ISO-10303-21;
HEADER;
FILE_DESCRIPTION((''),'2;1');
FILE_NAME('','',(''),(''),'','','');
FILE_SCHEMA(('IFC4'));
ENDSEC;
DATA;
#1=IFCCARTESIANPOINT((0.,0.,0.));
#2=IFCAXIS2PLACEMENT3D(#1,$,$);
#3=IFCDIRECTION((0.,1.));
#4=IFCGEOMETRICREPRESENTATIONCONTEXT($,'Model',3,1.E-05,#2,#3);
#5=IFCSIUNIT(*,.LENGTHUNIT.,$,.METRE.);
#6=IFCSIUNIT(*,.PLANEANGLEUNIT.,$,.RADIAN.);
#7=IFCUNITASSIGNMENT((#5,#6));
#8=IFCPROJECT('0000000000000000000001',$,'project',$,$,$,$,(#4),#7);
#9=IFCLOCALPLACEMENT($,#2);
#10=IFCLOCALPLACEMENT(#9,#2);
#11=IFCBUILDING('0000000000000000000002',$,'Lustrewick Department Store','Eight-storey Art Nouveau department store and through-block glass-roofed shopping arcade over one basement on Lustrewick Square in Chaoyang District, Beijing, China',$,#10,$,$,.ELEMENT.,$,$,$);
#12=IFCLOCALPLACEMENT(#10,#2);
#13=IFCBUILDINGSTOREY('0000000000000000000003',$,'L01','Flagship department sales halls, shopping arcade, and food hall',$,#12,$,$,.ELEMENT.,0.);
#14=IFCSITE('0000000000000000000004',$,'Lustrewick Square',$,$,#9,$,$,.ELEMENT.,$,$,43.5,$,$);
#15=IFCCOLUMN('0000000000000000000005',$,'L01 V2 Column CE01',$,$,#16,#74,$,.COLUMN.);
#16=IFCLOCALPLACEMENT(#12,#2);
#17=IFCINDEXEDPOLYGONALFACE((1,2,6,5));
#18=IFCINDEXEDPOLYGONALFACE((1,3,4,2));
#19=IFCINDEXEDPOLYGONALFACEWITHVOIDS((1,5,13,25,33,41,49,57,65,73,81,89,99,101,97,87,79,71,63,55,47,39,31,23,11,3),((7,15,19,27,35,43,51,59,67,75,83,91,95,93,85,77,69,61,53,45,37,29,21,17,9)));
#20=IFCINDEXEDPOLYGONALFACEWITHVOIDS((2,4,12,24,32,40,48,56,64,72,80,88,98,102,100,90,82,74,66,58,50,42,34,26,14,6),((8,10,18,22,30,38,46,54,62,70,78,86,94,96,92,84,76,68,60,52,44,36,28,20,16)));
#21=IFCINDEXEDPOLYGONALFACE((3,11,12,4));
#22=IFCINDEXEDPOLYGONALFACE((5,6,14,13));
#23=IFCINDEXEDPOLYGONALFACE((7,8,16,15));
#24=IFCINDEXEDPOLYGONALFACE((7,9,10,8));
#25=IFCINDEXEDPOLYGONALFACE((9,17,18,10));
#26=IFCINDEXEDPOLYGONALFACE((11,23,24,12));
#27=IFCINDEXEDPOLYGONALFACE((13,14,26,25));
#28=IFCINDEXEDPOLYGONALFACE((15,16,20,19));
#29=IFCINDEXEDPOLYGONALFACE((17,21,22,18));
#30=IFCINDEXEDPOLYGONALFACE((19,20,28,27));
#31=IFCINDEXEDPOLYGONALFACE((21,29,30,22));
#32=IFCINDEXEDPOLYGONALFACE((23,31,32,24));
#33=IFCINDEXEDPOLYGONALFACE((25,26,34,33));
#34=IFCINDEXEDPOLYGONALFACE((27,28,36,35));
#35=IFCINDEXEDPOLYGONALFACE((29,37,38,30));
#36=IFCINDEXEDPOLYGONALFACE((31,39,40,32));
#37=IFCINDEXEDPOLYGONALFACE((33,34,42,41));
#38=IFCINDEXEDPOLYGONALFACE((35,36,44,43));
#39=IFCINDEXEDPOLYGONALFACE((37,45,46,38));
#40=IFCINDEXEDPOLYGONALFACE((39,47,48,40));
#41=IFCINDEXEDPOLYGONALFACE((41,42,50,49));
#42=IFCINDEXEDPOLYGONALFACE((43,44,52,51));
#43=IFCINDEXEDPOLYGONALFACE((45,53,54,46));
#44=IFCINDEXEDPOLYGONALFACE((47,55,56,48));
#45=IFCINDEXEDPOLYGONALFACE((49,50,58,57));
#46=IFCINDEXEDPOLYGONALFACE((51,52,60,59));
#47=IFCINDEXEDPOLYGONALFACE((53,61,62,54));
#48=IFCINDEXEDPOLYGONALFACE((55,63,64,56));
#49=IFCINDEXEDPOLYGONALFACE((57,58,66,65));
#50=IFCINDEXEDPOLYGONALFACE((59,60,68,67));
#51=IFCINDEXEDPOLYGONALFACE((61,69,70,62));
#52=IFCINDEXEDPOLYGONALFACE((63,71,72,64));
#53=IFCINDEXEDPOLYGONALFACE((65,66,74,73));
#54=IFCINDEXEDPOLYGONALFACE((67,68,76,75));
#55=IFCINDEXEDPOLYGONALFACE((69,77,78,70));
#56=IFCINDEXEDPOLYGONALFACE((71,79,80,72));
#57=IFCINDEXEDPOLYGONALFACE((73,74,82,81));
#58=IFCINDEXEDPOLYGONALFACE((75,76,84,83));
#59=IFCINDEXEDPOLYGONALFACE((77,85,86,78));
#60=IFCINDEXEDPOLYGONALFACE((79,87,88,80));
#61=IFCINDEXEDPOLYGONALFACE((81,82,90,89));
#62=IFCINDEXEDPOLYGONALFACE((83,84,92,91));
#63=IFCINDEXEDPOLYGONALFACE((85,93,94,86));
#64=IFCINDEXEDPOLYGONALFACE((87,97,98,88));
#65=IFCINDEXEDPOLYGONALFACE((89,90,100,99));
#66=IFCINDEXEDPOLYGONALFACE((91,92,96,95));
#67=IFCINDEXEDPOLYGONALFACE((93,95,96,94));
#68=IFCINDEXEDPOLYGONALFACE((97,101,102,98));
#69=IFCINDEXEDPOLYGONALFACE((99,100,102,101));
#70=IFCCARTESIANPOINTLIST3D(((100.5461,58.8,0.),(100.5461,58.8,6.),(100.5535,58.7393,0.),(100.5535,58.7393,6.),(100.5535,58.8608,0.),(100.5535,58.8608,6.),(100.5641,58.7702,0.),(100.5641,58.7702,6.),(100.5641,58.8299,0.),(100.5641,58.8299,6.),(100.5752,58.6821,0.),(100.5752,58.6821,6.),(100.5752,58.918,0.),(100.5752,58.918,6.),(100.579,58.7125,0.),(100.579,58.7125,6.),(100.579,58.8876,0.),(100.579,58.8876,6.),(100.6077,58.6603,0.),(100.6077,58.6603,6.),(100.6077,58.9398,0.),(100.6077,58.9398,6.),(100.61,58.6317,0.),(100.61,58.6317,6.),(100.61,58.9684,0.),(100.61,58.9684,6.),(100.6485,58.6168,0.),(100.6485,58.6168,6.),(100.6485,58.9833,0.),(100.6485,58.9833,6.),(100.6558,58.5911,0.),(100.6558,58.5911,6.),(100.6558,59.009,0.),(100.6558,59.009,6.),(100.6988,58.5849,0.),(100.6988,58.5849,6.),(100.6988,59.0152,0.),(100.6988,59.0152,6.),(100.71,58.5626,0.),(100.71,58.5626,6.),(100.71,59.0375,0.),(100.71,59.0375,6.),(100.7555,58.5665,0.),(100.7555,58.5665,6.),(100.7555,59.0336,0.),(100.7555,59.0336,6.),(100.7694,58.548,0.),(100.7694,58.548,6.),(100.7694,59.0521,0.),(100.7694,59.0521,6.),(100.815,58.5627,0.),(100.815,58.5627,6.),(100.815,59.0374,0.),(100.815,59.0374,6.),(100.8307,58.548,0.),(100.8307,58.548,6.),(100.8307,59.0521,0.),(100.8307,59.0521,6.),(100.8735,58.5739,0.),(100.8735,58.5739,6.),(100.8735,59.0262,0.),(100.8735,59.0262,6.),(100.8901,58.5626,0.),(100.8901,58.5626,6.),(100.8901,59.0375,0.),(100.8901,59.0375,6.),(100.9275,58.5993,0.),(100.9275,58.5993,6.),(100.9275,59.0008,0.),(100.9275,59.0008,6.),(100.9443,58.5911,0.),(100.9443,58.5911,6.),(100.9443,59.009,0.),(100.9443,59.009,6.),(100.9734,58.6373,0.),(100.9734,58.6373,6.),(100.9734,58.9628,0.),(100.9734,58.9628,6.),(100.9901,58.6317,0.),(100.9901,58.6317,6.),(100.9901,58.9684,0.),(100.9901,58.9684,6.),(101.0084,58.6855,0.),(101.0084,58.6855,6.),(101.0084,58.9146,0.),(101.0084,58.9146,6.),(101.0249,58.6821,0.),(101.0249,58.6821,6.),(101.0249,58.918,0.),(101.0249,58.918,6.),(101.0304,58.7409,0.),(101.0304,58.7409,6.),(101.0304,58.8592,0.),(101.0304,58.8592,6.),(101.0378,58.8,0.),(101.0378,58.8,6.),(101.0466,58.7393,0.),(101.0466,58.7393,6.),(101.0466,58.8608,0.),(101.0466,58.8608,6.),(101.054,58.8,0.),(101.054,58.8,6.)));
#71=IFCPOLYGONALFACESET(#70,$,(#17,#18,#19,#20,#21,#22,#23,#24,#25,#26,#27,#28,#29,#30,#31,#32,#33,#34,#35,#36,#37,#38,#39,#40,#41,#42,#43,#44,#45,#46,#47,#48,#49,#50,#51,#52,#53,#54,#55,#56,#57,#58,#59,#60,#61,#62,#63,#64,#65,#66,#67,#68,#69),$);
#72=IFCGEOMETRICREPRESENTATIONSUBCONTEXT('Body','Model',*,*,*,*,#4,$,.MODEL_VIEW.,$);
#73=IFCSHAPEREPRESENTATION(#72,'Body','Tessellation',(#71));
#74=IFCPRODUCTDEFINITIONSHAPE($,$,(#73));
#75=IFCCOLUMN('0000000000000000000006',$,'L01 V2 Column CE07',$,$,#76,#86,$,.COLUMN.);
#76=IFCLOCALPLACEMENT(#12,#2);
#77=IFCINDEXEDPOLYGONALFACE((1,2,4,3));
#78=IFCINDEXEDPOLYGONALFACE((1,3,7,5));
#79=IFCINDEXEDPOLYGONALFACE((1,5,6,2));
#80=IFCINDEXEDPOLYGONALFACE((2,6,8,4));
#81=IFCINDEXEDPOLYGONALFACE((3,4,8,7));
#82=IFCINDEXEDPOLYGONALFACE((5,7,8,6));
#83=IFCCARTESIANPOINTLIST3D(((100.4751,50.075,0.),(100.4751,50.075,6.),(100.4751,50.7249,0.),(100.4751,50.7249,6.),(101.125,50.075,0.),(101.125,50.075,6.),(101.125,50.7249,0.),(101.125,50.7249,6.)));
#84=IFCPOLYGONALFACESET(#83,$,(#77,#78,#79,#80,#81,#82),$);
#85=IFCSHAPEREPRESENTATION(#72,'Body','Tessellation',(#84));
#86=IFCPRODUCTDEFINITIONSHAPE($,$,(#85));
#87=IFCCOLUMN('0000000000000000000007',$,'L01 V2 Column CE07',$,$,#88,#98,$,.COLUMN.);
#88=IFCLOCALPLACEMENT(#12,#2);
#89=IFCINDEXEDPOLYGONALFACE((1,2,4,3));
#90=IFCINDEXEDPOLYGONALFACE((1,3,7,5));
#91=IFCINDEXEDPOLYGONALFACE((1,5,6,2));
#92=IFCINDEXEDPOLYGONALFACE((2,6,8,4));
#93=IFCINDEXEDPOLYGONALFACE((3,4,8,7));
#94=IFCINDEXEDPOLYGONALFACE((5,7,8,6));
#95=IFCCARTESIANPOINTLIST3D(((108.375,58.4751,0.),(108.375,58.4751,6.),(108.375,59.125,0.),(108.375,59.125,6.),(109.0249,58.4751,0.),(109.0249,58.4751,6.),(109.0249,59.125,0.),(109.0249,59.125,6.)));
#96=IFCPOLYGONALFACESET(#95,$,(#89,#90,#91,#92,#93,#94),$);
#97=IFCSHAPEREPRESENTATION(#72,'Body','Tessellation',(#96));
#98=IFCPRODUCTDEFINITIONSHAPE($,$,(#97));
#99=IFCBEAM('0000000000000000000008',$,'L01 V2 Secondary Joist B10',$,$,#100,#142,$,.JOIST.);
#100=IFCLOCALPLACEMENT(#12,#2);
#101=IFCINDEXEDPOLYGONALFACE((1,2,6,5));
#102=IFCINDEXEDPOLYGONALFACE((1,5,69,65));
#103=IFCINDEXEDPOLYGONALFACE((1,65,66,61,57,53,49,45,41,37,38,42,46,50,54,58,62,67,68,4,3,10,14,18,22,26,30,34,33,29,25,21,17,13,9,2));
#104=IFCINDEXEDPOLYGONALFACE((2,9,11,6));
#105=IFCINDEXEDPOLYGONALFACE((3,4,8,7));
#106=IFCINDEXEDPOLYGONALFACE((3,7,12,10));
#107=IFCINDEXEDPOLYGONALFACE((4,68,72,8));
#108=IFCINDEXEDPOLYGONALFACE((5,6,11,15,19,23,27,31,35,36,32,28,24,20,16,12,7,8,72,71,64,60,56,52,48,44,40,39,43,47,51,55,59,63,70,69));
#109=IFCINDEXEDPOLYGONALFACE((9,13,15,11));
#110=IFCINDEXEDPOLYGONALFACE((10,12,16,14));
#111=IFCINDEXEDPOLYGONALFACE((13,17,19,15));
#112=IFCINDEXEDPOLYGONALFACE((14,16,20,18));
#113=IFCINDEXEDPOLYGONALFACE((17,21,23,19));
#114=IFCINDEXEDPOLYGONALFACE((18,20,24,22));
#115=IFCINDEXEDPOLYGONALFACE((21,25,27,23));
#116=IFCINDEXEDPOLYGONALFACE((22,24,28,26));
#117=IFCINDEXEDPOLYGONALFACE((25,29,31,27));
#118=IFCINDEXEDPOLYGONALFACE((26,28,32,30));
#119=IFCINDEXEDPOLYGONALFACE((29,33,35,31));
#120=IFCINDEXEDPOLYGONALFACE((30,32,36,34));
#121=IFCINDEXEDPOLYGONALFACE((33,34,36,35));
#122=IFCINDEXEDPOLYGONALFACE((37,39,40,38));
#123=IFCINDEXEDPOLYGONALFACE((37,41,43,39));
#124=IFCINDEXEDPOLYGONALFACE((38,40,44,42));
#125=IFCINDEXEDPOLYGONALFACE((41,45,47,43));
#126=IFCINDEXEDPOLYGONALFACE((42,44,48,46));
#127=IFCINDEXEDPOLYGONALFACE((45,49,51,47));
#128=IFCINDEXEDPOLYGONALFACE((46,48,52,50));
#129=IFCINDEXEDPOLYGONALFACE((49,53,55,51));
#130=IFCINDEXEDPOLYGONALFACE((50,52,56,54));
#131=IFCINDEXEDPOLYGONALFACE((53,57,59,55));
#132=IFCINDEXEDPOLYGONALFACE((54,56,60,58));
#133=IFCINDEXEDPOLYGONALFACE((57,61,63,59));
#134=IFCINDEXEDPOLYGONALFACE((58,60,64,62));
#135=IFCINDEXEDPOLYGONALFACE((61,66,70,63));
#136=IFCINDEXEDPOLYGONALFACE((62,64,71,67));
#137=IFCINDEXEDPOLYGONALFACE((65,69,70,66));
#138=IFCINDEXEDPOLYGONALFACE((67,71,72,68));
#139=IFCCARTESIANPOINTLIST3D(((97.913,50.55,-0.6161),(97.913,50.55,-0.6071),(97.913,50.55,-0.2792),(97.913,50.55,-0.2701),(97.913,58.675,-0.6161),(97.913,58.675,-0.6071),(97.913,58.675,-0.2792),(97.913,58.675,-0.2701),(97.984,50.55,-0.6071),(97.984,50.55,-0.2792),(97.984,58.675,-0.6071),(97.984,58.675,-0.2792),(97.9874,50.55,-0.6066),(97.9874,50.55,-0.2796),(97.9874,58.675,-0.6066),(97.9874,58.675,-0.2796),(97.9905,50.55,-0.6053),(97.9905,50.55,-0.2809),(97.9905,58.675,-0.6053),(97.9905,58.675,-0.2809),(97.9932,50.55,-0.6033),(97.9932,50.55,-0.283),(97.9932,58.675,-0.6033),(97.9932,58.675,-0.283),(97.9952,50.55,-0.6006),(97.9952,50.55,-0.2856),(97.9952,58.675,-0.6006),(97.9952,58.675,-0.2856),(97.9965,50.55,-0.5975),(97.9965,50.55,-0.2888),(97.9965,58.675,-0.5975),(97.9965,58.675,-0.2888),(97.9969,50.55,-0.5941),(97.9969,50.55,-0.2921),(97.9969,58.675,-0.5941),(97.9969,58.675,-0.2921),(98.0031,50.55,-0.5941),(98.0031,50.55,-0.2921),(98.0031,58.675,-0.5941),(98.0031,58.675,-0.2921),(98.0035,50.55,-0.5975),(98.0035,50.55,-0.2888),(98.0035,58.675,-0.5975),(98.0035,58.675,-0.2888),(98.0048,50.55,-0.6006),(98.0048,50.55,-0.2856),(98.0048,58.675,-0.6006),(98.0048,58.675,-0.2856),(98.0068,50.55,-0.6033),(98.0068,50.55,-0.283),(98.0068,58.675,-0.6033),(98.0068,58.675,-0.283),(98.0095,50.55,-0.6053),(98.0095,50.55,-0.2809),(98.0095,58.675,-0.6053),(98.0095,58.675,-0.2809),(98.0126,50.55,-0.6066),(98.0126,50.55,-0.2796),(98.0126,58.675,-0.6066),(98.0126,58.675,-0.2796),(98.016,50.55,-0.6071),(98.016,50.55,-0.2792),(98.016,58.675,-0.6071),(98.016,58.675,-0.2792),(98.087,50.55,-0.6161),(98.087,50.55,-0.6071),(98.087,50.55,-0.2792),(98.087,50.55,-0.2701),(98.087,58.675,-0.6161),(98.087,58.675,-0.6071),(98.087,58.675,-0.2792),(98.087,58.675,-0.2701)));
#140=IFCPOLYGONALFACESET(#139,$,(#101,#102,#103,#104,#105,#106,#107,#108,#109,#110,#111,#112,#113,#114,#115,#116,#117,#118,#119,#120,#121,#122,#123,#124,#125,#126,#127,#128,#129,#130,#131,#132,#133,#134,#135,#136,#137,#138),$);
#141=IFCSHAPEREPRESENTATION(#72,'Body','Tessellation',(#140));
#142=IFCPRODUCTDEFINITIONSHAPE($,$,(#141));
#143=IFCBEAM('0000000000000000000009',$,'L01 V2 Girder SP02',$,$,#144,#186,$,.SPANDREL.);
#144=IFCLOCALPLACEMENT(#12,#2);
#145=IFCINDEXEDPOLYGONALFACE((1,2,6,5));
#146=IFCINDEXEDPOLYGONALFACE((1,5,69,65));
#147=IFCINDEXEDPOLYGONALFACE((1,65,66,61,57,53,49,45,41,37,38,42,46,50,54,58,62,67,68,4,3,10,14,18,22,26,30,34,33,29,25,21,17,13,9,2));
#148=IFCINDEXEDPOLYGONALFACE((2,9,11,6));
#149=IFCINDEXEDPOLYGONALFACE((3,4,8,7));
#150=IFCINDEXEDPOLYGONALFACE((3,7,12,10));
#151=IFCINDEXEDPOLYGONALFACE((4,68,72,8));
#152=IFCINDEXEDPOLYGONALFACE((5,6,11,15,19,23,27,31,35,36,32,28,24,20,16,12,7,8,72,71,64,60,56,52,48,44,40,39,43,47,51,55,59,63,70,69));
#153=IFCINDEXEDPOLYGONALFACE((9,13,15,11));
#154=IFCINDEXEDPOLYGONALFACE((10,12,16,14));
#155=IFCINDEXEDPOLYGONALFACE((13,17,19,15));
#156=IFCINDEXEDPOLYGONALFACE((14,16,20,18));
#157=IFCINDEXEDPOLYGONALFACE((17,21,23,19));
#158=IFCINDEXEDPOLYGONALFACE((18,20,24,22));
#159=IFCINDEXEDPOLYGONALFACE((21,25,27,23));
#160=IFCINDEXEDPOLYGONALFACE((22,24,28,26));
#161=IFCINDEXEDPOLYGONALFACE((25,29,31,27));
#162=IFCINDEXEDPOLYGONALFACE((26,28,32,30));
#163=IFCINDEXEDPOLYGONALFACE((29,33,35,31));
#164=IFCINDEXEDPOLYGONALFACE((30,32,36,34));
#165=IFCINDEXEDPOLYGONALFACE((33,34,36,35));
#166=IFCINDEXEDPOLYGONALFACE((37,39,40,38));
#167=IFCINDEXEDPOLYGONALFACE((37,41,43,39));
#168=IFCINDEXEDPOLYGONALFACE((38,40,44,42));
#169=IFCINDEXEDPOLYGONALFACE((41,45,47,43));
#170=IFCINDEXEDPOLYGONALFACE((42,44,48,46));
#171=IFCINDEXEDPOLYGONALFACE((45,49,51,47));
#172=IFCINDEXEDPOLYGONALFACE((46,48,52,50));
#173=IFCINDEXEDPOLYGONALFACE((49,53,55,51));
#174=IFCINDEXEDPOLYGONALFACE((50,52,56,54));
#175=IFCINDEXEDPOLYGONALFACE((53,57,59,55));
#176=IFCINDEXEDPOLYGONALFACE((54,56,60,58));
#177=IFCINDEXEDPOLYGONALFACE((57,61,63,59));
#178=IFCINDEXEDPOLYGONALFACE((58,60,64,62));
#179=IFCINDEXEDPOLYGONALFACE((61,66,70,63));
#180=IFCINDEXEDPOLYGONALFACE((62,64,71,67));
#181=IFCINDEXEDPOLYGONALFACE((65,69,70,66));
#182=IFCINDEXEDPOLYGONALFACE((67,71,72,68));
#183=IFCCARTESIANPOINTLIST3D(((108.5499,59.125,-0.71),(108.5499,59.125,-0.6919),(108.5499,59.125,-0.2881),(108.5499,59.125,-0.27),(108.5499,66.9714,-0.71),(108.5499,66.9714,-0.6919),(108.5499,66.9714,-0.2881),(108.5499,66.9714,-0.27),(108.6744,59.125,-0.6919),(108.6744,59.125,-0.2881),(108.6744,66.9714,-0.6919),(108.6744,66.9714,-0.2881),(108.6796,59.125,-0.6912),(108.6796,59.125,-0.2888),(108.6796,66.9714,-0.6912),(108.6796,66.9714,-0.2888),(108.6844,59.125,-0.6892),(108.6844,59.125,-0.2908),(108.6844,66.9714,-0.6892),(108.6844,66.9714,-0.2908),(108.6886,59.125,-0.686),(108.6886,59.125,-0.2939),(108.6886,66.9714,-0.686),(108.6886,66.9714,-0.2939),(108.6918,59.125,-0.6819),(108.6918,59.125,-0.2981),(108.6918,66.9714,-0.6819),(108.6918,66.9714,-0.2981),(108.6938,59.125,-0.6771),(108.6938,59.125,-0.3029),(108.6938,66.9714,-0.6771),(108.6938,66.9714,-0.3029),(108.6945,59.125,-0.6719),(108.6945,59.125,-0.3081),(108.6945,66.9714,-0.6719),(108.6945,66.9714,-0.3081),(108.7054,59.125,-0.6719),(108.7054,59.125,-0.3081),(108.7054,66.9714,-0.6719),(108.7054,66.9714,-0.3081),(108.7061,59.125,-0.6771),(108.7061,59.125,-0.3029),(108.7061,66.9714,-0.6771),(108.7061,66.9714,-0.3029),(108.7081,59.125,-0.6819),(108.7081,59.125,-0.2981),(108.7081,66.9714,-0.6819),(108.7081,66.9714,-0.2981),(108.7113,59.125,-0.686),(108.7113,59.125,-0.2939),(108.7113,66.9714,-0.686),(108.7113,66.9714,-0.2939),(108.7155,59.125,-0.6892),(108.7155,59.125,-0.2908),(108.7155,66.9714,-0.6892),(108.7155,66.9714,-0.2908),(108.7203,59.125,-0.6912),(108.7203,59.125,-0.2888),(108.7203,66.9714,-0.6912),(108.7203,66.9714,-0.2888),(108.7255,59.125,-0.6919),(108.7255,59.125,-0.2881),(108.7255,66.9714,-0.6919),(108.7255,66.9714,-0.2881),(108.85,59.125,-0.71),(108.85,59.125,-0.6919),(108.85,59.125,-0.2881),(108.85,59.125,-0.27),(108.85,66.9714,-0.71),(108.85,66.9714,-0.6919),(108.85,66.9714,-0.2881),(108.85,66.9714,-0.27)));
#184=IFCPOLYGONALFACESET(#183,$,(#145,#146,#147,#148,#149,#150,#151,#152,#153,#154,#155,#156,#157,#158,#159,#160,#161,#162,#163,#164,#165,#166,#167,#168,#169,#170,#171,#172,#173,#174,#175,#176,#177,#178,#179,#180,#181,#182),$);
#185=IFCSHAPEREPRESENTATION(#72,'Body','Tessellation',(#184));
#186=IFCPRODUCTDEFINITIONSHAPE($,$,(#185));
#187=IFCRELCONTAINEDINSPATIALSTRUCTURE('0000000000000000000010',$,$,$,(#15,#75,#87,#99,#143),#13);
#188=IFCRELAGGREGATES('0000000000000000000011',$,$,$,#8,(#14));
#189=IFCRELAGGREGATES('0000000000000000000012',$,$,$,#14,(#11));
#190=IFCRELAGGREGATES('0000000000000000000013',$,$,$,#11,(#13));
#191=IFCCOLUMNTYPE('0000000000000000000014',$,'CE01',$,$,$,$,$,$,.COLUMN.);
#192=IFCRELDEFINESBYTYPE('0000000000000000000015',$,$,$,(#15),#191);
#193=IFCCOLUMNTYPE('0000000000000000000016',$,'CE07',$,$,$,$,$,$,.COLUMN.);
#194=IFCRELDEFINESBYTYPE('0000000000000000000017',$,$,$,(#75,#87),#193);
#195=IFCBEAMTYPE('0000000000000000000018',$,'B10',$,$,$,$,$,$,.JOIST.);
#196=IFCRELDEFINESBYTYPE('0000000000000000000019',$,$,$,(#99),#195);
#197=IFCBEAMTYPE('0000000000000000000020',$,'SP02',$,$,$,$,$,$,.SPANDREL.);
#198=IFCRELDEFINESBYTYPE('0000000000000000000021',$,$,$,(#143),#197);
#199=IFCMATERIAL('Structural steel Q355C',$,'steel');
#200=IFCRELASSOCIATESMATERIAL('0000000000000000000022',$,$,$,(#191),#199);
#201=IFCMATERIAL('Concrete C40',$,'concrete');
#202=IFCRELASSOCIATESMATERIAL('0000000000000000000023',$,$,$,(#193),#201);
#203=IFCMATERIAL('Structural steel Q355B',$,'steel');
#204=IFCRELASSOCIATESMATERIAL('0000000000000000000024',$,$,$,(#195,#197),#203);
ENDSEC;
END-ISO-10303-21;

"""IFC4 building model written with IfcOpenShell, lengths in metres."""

from ifc_helpers import new_model, si_unit, direction, frame, origin, origin_2d, place, context, subcontext, project, spatial, rectangle, hollow_circle, i_section, extrude, material, material_profile, profile_set, type_object, element, save


model = new_model("IFC4")

# Units and contexts
model_context = context("Model", 3, precision=1e-05, world=origin(), true_north=direction((0.0, 1.0)))
body_context = subcontext(model_context, "Body", "Model", "MODEL_VIEW")
ifc_project = project(units=[si_unit("LENGTHUNIT", "METRE"), si_unit("PLANEANGLEUNIT", "RADIAN")], contexts=[model_context])

# Site, building, storey
site_placement = place(None, origin())
site = spatial("IfcSite", under=ifc_project, at=site_placement, Name="Lustrewick Square", CompositionType="ELEMENT", RefElevation=43.5)
building_placement = place(site_placement, origin())
building = spatial("IfcBuilding", under=site, at=building_placement, Name="Lustrewick Department Store", Description="Eight-storey Art Nouveau department store and through-block glass-roofed shopping arcade over one basement on Lustrewick Square in Chaoyang District, Beijing, China", CompositionType="ELEMENT")
storey_placement = place(building_placement, origin())
storey = spatial("IfcBuildingStorey", under=building, at=storey_placement, Name="L01", Description="Flagship department sales halls, shopping arcade, and food hall", CompositionType="ELEMENT", Elevation=0.0)

# Columns
ifc_material_1 = material(Name="Structural steel Q355C", Category="steel")
ifc_material_profile_1 = material_profile(ifc_material_1, hollow_circle(Radius=0.2539, WallThickness=0.0161, at=origin_2d()), Name="CHS 508x16")
ifc_profile_set_1 = profile_set([ifc_material_profile_1], Name="Structural steel Q355C")
column_type_1 = type_object("IfcColumnType", Name="CE01", PredefinedType="COLUMN", material=ifc_profile_set_1)
column_placement = place(storey_placement, frame((100.8, 58.8, 0.0), z_axis=(0.0, 0.0, 1.0), x_axis=(1.0, 0.0, 0.0)))
element("IfcColumn", 1, at=column_placement, inside=storey, type_object=column_type_1, Name="L01 V2 Column CE01", PredefinedType="COLUMN", context=body_context, shape_type="SweptSolid", body=[
    extrude(hollow_circle(Radius=0.2539, WallThickness=0.0161, at=origin_2d()), origin(), (0.0, 0.0, 1.0), 6.0),
])
ifc_material_2 = material(Name="Concrete C40", Category="concrete")
ifc_material_profile_2 = material_profile(ifc_material_2, rectangle(XDim=0.6499, YDim=0.6499, at=origin_2d()), Name="RC 650x650")
ifc_profile_set_2 = profile_set([ifc_material_profile_2], Name="Concrete C40")
column_type_2 = type_object("IfcColumnType", Name="CE07", PredefinedType="COLUMN", material=ifc_profile_set_2)
for number, where, z_axis, x_axis, name in (
    (2, (100.8, 50.3999, 0.0), (0.0, 0.0, 1.0), (1.0, 0.0, 0.0), "L01 V2 Column CE07"),
    (3, (108.7, 58.8, 0.0), (0.0, 0.0, 1.0), (1.0, 0.0, 0.0), "L01 V2 Column CE07"),
):
    element("IfcColumn", number, at=place(storey_placement, frame(where, z_axis=z_axis, x_axis=x_axis)), inside=storey, type_object=column_type_2, Name=name, PredefinedType="COLUMN", context=body_context, shape_type="SweptSolid", body=[
        extrude(rectangle(XDim=0.6499, YDim=0.6499, at=origin_2d()), origin(), (0.0, 0.0, 1.0), 6.0),
    ])

# Beams
ifc_material_3 = material(Name="Structural steel Q355B", Category="steel")
ifc_material_profile_3 = material_profile(ifc_material_3, i_section(OverallWidth=0.1741, OverallDepth=0.3459, WebThickness=0.0061, FlangeThickness=0.009, FilletRadius=0.0129, at=origin_2d()), Name="HN 346x174x6x9")
ifc_profile_set_3 = profile_set([ifc_material_profile_3], Name="Structural steel Q355B")
beam_type_1 = type_object("IfcBeamType", Name="B10", PredefinedType="JOIST", material=ifc_profile_set_3)
beam_1_placement = place(storey_placement, frame((98.0, 50.55, -0.4431), z_axis=(0.0, 1.0, 0.0), x_axis=(-1.0, 0.0, 0.0)))
element("IfcBeam", 4, at=beam_1_placement, inside=storey, type_object=beam_type_1, Name="L01 V2 Secondary Joist B10", PredefinedType="JOIST", context=body_context, shape_type="SweptSolid", body=[
    extrude(i_section(OverallWidth=0.1741, OverallDepth=0.3459, WebThickness=0.0061, FlangeThickness=0.009, FilletRadius=0.0129, at=origin_2d()), origin(), (0.0, 0.0, 1.0), 8.125),
])
ifc_material_profile_4 = material_profile(ifc_material_3, i_section(OverallWidth=0.3, OverallDepth=0.4399, WebThickness=0.011, FlangeThickness=0.0181, FilletRadius=0.02, at=origin_2d()), Name="HM 440x300x11x18")
ifc_profile_set_4 = profile_set([ifc_material_profile_4], Name="Structural steel Q355B")
beam_type_2 = type_object("IfcBeamType", Name="SP02", PredefinedType="SPANDREL", material=ifc_profile_set_4)
beam_2_placement = place(storey_placement, frame((108.7, 59.125, -0.49), z_axis=(0.0, 1.0, 0.0), x_axis=(-1.0, 0.0, 0.0)))
element("IfcBeam", 5, at=beam_2_placement, inside=storey, type_object=beam_type_2, Name="L01 V2 Girder SP02", PredefinedType="SPANDREL", context=body_context, shape_type="SweptSolid", body=[
    extrude(i_section(OverallWidth=0.3, OverallDepth=0.4399, WebThickness=0.011, FlangeThickness=0.0181, FilletRadius=0.02, at=origin_2d()), origin(), (0.0, 0.0, 1.0), 7.8464),
])

save(model, "model.ifc")
